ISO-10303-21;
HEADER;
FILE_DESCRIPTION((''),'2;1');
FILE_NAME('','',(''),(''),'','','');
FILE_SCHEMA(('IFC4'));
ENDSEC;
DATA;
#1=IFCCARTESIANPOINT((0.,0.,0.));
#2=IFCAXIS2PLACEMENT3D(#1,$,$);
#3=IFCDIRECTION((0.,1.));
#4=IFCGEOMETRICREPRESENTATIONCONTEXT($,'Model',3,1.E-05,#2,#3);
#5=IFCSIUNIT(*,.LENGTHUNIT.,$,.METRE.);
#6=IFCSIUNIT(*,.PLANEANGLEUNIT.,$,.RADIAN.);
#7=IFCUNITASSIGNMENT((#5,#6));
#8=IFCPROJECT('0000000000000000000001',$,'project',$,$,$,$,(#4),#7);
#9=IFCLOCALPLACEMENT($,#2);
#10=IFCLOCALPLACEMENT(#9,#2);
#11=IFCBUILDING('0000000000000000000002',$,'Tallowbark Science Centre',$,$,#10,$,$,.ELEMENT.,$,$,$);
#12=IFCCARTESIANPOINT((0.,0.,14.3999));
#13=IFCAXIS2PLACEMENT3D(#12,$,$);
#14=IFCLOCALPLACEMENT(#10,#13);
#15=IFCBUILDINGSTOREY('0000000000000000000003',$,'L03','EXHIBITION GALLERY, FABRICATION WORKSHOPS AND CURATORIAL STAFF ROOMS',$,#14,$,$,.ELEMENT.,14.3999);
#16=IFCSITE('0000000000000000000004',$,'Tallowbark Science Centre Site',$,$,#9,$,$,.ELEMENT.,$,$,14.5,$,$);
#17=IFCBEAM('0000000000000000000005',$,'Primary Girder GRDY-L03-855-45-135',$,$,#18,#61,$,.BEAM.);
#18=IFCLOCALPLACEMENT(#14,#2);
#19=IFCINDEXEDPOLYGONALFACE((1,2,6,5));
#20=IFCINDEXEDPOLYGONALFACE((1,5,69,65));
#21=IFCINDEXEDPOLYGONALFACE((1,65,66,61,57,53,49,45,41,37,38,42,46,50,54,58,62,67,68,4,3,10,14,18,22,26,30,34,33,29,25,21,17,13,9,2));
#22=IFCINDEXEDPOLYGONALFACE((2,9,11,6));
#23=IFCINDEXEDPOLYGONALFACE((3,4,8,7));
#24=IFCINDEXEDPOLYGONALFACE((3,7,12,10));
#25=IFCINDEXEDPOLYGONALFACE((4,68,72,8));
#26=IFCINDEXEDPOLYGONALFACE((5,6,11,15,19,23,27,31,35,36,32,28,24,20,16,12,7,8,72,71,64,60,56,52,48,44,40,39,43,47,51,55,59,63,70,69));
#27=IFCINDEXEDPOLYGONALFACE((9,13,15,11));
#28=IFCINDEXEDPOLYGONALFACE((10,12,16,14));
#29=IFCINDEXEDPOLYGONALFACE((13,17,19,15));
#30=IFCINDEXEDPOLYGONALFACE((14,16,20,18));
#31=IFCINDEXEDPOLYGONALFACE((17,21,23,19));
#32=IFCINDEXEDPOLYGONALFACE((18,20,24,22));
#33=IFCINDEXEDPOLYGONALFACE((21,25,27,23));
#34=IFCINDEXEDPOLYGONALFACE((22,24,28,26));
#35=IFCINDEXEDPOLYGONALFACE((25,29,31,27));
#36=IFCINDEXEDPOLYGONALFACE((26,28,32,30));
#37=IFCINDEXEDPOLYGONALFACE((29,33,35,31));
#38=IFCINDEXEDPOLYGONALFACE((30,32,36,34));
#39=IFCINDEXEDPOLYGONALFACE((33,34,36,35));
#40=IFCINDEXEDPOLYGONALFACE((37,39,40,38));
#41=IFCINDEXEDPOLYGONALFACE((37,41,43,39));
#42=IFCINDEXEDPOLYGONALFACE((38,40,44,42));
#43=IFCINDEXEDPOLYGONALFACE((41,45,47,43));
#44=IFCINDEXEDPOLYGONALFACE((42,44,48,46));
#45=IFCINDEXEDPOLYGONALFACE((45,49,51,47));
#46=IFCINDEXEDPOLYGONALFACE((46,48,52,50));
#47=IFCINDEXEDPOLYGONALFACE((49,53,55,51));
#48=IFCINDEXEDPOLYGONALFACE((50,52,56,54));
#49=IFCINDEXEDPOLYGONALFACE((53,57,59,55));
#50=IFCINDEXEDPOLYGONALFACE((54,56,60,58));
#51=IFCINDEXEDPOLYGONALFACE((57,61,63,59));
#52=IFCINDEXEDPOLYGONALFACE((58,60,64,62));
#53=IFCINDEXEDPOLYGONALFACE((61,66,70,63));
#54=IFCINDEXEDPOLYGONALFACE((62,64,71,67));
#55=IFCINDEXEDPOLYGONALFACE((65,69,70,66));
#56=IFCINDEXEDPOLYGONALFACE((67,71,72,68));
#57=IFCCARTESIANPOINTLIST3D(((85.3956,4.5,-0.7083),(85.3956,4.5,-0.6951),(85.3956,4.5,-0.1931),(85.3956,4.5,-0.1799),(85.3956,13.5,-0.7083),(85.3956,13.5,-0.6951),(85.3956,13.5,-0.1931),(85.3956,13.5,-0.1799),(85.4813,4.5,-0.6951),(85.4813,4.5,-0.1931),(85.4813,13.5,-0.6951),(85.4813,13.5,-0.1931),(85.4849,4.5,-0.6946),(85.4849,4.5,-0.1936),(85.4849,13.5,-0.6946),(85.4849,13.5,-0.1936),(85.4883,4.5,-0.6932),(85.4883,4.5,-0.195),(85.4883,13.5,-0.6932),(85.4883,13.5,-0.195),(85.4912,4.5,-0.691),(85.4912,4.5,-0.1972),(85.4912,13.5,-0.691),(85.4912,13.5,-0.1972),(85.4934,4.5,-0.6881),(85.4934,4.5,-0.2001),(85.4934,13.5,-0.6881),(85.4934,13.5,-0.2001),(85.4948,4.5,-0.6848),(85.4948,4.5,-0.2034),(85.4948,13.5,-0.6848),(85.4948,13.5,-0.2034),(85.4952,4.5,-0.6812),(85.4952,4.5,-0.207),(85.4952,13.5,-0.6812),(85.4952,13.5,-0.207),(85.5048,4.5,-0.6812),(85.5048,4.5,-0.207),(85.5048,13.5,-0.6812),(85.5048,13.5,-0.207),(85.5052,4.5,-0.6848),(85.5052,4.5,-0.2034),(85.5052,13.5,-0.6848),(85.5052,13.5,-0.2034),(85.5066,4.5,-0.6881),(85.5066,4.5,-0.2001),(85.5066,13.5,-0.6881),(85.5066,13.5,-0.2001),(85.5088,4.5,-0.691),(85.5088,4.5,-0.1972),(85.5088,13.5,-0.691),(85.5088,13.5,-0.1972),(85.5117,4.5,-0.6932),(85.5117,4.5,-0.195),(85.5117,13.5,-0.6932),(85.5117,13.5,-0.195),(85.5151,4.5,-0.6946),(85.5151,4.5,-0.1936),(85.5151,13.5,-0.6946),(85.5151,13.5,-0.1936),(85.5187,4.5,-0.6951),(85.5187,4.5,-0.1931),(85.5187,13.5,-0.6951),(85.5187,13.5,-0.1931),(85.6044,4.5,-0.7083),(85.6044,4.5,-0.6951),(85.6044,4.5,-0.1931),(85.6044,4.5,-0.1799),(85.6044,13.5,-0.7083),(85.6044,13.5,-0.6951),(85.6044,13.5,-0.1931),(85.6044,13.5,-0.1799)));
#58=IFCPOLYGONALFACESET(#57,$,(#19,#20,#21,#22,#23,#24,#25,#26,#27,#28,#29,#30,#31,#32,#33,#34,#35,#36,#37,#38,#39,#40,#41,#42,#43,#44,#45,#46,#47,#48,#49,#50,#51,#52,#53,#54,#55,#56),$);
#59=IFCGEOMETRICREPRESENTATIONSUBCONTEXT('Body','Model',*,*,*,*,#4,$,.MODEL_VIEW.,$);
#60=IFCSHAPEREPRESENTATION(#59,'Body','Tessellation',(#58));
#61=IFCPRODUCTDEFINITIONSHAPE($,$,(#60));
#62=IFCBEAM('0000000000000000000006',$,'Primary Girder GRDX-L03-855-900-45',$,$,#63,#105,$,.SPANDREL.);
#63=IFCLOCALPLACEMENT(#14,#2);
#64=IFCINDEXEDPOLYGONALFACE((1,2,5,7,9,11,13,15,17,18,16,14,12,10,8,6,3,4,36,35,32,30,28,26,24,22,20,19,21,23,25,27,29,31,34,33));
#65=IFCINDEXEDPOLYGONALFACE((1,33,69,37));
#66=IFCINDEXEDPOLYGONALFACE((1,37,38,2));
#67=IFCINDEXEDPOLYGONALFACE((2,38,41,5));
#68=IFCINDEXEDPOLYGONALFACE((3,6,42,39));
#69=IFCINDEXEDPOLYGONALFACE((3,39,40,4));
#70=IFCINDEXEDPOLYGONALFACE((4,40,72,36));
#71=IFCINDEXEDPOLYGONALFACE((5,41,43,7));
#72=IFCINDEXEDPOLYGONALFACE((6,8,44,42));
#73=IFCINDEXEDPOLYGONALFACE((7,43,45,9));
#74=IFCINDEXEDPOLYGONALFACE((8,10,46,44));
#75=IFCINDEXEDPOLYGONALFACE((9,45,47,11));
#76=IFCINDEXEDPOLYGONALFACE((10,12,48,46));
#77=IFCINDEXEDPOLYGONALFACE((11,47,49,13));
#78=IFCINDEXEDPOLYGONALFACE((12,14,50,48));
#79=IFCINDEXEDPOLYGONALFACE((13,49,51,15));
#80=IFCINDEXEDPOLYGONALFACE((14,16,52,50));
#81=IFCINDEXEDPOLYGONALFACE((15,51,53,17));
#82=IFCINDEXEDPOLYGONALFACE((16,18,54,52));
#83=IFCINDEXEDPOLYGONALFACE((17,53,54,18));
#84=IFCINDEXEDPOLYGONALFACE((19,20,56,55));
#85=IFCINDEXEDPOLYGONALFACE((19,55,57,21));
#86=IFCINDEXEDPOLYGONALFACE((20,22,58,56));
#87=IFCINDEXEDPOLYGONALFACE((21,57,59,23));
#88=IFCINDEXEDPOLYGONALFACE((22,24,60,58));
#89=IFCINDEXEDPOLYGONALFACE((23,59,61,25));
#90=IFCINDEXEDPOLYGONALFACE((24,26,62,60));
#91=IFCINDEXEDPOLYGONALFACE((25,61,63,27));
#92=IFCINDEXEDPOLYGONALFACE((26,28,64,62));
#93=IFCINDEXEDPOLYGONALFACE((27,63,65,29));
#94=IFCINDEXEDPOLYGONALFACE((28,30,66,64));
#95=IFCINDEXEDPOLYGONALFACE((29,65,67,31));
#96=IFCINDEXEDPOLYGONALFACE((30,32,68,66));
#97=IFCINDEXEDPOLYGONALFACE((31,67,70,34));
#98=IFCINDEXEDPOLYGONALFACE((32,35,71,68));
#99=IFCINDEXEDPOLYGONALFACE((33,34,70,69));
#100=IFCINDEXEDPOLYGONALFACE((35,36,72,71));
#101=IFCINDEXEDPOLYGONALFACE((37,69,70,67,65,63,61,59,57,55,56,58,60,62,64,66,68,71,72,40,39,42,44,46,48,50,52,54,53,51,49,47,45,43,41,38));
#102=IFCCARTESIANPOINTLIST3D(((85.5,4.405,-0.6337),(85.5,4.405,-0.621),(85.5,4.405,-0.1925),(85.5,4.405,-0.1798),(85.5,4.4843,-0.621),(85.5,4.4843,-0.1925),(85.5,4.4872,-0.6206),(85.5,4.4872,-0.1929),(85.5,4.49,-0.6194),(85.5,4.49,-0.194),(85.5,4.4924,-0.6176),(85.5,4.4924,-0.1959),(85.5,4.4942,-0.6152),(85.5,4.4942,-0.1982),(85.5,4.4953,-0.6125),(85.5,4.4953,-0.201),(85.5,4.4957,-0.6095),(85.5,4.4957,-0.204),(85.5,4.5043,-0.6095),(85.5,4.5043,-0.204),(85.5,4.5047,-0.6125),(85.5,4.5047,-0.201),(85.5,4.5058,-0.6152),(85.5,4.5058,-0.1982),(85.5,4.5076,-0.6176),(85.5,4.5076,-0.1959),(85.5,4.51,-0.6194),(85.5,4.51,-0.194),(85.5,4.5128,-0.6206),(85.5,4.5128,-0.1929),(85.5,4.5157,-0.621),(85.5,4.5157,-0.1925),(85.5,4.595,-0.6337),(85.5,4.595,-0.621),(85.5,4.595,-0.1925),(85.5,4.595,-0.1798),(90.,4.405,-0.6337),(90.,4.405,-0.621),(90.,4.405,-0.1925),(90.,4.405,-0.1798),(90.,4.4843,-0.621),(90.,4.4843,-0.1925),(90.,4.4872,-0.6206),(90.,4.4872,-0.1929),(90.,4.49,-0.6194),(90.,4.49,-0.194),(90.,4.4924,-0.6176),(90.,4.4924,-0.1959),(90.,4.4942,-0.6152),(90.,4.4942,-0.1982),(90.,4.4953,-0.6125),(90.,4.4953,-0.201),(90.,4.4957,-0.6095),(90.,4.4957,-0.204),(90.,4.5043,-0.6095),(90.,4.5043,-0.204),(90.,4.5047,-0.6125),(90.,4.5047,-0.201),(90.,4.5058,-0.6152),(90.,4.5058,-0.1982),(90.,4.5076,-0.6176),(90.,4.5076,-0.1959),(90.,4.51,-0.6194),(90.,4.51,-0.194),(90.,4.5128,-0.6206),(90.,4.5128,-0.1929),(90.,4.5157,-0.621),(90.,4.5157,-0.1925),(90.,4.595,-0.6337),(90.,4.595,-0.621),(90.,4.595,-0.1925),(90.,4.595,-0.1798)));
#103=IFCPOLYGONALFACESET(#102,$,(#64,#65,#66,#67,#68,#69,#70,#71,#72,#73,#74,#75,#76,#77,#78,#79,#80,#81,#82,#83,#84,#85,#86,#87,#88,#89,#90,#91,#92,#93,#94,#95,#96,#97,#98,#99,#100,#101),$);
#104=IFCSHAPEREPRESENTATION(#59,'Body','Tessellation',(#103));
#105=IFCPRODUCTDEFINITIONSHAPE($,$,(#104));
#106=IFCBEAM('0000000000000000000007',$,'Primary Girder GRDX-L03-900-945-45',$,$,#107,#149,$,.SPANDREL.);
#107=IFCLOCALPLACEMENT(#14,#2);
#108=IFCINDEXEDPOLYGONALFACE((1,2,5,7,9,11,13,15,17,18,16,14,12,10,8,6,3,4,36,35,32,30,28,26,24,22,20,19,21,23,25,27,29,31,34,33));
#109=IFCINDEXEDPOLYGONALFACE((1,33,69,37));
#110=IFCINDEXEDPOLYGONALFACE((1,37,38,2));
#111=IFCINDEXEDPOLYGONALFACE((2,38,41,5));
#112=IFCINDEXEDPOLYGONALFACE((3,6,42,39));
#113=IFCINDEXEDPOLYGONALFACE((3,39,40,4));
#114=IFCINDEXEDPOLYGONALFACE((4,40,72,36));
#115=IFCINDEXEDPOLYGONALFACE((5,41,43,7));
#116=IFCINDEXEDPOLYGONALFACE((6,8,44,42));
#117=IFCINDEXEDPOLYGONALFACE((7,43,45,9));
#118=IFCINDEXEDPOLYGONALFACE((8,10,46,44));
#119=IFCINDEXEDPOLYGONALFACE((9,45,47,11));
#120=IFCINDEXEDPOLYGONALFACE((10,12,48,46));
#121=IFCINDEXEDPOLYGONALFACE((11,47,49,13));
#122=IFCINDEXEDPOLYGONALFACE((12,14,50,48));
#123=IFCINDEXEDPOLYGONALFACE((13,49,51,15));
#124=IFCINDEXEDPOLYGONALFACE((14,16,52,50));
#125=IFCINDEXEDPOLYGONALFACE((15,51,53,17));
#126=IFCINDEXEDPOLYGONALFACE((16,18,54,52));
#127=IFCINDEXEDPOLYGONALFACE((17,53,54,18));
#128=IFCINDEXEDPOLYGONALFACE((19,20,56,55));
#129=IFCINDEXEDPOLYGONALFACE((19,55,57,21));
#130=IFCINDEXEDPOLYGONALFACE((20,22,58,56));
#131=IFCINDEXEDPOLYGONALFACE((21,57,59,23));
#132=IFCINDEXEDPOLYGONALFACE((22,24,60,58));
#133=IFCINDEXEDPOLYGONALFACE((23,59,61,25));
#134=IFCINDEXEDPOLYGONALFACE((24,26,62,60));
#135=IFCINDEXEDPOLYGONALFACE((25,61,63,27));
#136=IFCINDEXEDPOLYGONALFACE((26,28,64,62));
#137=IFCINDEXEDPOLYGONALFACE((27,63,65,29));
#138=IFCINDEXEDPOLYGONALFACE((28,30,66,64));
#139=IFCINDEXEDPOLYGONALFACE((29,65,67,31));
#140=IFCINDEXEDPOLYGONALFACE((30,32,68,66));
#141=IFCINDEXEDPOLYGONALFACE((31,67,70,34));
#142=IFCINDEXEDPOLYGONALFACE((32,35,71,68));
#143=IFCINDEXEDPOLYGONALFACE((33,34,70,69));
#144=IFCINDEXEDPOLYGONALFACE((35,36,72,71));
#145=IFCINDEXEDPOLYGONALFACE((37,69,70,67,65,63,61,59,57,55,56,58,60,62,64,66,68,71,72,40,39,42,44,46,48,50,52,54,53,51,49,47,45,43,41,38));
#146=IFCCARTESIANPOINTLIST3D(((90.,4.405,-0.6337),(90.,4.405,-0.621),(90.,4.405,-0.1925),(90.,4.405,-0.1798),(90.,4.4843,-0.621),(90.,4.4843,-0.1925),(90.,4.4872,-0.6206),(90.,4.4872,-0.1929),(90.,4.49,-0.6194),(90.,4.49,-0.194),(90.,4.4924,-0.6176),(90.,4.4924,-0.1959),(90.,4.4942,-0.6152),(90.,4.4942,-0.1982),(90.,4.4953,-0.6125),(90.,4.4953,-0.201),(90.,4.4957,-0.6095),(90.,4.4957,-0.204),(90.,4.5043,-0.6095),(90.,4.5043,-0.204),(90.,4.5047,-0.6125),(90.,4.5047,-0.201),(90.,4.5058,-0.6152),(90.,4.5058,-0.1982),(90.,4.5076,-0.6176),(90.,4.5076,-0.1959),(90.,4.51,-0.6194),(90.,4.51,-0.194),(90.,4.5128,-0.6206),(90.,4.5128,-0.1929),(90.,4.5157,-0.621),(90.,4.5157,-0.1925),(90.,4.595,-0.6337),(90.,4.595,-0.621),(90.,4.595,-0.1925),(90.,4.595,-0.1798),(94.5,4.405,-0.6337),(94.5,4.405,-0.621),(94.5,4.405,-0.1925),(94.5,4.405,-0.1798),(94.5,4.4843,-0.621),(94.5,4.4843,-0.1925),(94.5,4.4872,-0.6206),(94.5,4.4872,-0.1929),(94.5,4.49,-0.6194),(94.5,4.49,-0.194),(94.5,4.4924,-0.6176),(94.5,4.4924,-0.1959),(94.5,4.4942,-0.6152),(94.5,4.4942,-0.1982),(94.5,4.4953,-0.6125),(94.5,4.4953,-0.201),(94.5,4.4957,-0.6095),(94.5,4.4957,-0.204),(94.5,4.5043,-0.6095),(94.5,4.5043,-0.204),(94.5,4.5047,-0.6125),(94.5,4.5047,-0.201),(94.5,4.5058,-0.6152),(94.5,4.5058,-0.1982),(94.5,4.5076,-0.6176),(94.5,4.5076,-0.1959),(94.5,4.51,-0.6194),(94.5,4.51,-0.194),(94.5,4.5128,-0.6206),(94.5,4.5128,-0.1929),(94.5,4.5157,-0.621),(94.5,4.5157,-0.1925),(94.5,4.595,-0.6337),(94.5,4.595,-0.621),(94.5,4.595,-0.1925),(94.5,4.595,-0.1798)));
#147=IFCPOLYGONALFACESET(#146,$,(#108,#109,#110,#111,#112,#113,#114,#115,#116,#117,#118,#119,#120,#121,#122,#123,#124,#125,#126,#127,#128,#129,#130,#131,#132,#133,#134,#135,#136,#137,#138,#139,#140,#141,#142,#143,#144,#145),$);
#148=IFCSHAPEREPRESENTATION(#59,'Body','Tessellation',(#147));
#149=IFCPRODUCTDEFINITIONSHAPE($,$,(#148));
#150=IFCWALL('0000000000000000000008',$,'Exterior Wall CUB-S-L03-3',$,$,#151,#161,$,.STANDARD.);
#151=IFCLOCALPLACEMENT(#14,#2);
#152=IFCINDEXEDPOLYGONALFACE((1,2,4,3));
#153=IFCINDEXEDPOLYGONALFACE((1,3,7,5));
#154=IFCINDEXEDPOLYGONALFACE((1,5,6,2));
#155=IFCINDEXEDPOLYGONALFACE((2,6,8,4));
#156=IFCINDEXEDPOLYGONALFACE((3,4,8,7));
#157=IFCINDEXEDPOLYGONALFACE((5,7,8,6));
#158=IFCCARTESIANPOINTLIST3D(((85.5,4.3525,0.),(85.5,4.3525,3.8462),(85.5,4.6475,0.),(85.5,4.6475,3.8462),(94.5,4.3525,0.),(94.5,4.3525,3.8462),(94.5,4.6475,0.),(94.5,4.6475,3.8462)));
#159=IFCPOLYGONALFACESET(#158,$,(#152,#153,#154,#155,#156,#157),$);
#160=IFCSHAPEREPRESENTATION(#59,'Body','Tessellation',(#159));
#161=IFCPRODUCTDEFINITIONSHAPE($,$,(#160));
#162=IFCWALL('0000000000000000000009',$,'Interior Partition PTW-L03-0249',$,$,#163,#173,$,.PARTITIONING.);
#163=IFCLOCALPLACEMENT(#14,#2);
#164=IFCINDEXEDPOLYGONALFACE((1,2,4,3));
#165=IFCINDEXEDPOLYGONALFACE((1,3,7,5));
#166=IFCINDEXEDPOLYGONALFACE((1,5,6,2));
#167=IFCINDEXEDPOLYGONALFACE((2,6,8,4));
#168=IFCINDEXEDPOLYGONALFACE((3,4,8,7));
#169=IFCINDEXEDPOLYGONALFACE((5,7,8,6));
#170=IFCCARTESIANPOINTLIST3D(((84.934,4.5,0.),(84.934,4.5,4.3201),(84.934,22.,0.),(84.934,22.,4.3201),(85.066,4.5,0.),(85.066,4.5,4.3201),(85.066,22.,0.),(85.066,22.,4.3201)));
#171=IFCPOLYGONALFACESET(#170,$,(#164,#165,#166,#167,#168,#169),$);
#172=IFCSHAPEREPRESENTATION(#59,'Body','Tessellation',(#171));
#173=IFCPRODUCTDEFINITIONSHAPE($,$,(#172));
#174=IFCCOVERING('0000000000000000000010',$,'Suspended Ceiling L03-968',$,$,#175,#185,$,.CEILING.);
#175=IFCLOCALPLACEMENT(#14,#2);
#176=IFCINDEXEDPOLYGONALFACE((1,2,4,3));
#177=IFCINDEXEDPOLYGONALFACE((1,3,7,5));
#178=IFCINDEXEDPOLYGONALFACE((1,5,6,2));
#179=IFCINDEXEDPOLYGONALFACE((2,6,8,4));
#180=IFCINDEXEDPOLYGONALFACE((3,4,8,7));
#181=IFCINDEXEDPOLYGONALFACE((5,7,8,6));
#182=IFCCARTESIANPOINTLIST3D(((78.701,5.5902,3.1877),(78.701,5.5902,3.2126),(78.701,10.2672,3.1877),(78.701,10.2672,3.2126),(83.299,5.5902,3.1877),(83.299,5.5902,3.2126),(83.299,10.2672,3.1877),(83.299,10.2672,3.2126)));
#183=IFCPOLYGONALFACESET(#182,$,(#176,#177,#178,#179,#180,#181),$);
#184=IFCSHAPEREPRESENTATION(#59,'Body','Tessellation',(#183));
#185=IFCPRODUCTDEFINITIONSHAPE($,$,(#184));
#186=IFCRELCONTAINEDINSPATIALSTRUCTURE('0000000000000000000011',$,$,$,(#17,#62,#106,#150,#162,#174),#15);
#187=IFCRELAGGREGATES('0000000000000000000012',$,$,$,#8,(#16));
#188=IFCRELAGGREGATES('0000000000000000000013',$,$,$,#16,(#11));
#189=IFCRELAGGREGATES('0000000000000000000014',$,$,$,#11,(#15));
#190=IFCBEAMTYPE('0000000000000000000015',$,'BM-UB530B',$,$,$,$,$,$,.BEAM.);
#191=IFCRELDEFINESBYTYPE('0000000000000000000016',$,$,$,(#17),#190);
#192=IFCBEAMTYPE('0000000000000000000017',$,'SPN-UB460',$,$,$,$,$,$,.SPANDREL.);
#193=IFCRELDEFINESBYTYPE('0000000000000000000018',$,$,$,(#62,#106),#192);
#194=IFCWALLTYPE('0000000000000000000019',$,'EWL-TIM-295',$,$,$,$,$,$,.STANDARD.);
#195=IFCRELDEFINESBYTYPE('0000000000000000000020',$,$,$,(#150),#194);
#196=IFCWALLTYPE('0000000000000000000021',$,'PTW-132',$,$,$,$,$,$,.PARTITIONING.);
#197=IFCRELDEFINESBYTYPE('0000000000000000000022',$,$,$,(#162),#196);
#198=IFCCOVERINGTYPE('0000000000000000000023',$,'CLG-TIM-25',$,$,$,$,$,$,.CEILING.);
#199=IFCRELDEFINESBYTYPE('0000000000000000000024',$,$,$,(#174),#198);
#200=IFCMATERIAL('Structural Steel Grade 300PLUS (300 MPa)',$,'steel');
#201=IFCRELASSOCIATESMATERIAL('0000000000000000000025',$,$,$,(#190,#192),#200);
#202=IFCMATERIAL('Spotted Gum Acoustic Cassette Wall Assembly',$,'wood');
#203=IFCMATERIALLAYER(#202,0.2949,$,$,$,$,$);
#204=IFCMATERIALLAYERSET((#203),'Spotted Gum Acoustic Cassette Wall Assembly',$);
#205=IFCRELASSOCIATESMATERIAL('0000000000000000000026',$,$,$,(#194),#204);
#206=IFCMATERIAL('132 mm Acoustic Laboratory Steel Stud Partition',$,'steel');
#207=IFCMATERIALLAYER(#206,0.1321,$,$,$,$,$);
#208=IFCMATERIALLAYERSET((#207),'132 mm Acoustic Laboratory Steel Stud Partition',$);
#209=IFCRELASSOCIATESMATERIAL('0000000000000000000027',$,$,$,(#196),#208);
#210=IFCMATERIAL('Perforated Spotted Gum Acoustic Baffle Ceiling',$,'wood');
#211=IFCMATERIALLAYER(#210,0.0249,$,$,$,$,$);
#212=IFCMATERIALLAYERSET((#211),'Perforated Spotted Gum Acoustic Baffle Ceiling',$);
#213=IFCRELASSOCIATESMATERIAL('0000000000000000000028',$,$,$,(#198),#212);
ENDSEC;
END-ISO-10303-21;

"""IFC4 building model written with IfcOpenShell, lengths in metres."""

from ifc_helpers import new_model, si_unit, direction, frame, frame_2d, origin, origin_2d, place, context, subcontext, project, spatial, rectangle, i_section, extrude, material, layer, layer_set, material_profile, profile_set, type_object, element, save


model = new_model("IFC4")

# Units and contexts
model_context = context("Model", 3, precision=1e-05, world=origin(), true_north=direction((0.0, 1.0)))
body_context = subcontext(model_context, "Body", "Model", "MODEL_VIEW")
ifc_project = project(units=[si_unit("LENGTHUNIT", "METRE"), si_unit("PLANEANGLEUNIT", "RADIAN")], contexts=[model_context])

# Site, building, storey
site_placement = place(None, origin())
site = spatial("IfcSite", under=ifc_project, at=site_placement, Name="Tallowbark Science Centre Site", CompositionType="ELEMENT", RefElevation=14.5)
building_placement = place(site_placement, origin())
building = spatial("IfcBuilding", under=site, at=building_placement, Name="Tallowbark Science Centre", CompositionType="ELEMENT")
storey_placement = place(building_placement, frame((0.0, 0.0, 14.3999)))
storey = spatial("IfcBuildingStorey", under=building, at=storey_placement, Name="L03", Description="EXHIBITION GALLERY, FABRICATION WORKSHOPS AND CURATORIAL STAFF ROOMS", CompositionType="ELEMENT", Elevation=14.3999)

# Shared definitions
ifc_material_1 = material(Name="Structural Steel Grade 300PLUS (300 MPa)", Category="steel")

# Beams
ifc_material_profile_1 = material_profile(ifc_material_1, i_section(OverallWidth=0.2087, OverallDepth=0.5283, WebThickness=0.0095, FlangeThickness=0.0132, FilletRadius=0.0139, at=origin_2d()), Name="530UB82.0")
ifc_profile_set_1 = profile_set([ifc_material_profile_1], Name="Structural Steel Grade 300PLUS (300 MPa)")
beam_type_1 = type_object("IfcBeamType", Name="BM-UB530B", PredefinedType="BEAM", material=ifc_profile_set_1)
beam_1_placement = place(storey_placement, frame((85.5, 4.5, -0.4441), z_axis=(0.0, 1.0, 0.0), x_axis=(-1.0, 0.0, 0.0)))
element("IfcBeam", 1, at=beam_1_placement, inside=storey, type_object=beam_type_1, Name="Primary Girder GRDY-L03-855-45-135", PredefinedType="BEAM", context=body_context, shape_type="SweptSolid", body=[
    extrude(i_section(OverallWidth=0.2087, OverallDepth=0.5283, WebThickness=0.0095, FlangeThickness=0.0132, FilletRadius=0.0139, at=origin_2d()), origin(), (0.0, 0.0, 1.0), 9.0),
])
ifc_material_profile_2 = material_profile(ifc_material_1, i_section(OverallWidth=0.1899, OverallDepth=0.4539, WebThickness=0.0085, FlangeThickness=0.0127, FilletRadius=0.0115, at=origin_2d()), Name="460UB67.1")
ifc_profile_set_2 = profile_set([ifc_material_profile_2], Name="Structural Steel Grade 300PLUS (300 MPa)")
beam_type_2 = type_object("IfcBeamType", Name="SPN-UB460", PredefinedType="SPANDREL", material=ifc_profile_set_2)
for number, where, z_axis, x_axis, name in (
    (2, (85.5, 4.5, -0.4067), (1.0, 0.0, 0.0), (0.0, 1.0, 0.0), "Primary Girder GRDX-L03-855-900-45"),
    (3, (90.0, 4.5, -0.4067), (1.0, 0.0, 0.0), (0.0, 1.0, 0.0), "Primary Girder GRDX-L03-900-945-45"),
):
    element("IfcBeam", number, at=place(storey_placement, frame(where, z_axis=z_axis, x_axis=x_axis)), inside=storey, type_object=beam_type_2, Name=name, PredefinedType="SPANDREL", context=body_context, shape_type="SweptSolid", body=[
        extrude(i_section(OverallWidth=0.1899, OverallDepth=0.4539, WebThickness=0.0085, FlangeThickness=0.0127, FilletRadius=0.0115, at=origin_2d()), origin(), (0.0, 0.0, 1.0), 4.5),
    ])

# Walls
ifc_material_2 = material(Name="Spotted Gum Acoustic Cassette Wall Assembly", Category="wood")
ifc_layer_1 = layer(ifc_material_2, 0.2949)
ifc_layer_set_1 = layer_set([ifc_layer_1], Name="Spotted Gum Acoustic Cassette Wall Assembly")
wall_type_1 = type_object("IfcWallType", Name="EWL-TIM-295", PredefinedType="STANDARD", material=ifc_layer_set_1)
wall_1_placement = place(storey_placement, frame((85.5, 4.5, 0.0), z_axis=(0.0, 0.0, 1.0), x_axis=(1.0, 0.0, 0.0)))
element("IfcWall", 4, at=wall_1_placement, inside=storey, type_object=wall_type_1, Name="Exterior Wall CUB-S-L03-3", PredefinedType="STANDARD", context=body_context, shape_type="SweptSolid", body=[
    extrude(rectangle(XDim=9.0, YDim=0.2949, at=frame_2d((4.5, 0.0))), origin(), (0.0, 0.0, 1.0), 3.8462),
])
ifc_material_3 = material(Name="132 mm Acoustic Laboratory Steel Stud Partition", Category="steel")
ifc_layer_2 = layer(ifc_material_3, 0.1321)
ifc_layer_set_2 = layer_set([ifc_layer_2], Name="132 mm Acoustic Laboratory Steel Stud Partition")
wall_type_2 = type_object("IfcWallType", Name="PTW-132", PredefinedType="PARTITIONING", material=ifc_layer_set_2)
wall_2_placement = place(storey_placement, frame((85.0, 4.5, 0.0), z_axis=(0.0, 0.0, 1.0), x_axis=(0.0, 1.0, 0.0)))
element("IfcWall", 5, at=wall_2_placement, inside=storey, type_object=wall_type_2, Name="Interior Partition PTW-L03-0249", PredefinedType="PARTITIONING", context=body_context, shape_type="SweptSolid", body=[
    extrude(rectangle(XDim=17.5, YDim=0.1321, at=frame_2d((8.75, 0.0))), origin(), (0.0, 0.0, 1.0), 4.3201),
])

# Covering
ifc_material_4 = material(Name="Perforated Spotted Gum Acoustic Baffle Ceiling", Category="wood")
ifc_layer_3 = layer(ifc_material_4, 0.0249)
ifc_layer_set_3 = layer_set([ifc_layer_3], Name="Perforated Spotted Gum Acoustic Baffle Ceiling")
covering_type_1 = type_object("IfcCoveringType", Name="CLG-TIM-25", PredefinedType="CEILING", material=ifc_layer_set_3)
for number, where, z_axis, x_axis, name in (
    (6, (81.0, 7.9287, 3.1877), (0.0, 0.0, 1.0), (1.0, 0.0, 0.0), "Suspended Ceiling L03-968"),
):
    element("IfcCovering", number, at=place(storey_placement, frame(where, z_axis=z_axis, x_axis=x_axis)), inside=storey, type_object=covering_type_1, Name=name, PredefinedType="CEILING", context=body_context, shape_type="SweptSolid", body=[
        extrude(rectangle(XDim=4.5979, YDim=4.677, at=origin_2d()), origin(), (0.0, 0.0, 1.0), 0.0249),
    ])

save(model, "model.ifc")
